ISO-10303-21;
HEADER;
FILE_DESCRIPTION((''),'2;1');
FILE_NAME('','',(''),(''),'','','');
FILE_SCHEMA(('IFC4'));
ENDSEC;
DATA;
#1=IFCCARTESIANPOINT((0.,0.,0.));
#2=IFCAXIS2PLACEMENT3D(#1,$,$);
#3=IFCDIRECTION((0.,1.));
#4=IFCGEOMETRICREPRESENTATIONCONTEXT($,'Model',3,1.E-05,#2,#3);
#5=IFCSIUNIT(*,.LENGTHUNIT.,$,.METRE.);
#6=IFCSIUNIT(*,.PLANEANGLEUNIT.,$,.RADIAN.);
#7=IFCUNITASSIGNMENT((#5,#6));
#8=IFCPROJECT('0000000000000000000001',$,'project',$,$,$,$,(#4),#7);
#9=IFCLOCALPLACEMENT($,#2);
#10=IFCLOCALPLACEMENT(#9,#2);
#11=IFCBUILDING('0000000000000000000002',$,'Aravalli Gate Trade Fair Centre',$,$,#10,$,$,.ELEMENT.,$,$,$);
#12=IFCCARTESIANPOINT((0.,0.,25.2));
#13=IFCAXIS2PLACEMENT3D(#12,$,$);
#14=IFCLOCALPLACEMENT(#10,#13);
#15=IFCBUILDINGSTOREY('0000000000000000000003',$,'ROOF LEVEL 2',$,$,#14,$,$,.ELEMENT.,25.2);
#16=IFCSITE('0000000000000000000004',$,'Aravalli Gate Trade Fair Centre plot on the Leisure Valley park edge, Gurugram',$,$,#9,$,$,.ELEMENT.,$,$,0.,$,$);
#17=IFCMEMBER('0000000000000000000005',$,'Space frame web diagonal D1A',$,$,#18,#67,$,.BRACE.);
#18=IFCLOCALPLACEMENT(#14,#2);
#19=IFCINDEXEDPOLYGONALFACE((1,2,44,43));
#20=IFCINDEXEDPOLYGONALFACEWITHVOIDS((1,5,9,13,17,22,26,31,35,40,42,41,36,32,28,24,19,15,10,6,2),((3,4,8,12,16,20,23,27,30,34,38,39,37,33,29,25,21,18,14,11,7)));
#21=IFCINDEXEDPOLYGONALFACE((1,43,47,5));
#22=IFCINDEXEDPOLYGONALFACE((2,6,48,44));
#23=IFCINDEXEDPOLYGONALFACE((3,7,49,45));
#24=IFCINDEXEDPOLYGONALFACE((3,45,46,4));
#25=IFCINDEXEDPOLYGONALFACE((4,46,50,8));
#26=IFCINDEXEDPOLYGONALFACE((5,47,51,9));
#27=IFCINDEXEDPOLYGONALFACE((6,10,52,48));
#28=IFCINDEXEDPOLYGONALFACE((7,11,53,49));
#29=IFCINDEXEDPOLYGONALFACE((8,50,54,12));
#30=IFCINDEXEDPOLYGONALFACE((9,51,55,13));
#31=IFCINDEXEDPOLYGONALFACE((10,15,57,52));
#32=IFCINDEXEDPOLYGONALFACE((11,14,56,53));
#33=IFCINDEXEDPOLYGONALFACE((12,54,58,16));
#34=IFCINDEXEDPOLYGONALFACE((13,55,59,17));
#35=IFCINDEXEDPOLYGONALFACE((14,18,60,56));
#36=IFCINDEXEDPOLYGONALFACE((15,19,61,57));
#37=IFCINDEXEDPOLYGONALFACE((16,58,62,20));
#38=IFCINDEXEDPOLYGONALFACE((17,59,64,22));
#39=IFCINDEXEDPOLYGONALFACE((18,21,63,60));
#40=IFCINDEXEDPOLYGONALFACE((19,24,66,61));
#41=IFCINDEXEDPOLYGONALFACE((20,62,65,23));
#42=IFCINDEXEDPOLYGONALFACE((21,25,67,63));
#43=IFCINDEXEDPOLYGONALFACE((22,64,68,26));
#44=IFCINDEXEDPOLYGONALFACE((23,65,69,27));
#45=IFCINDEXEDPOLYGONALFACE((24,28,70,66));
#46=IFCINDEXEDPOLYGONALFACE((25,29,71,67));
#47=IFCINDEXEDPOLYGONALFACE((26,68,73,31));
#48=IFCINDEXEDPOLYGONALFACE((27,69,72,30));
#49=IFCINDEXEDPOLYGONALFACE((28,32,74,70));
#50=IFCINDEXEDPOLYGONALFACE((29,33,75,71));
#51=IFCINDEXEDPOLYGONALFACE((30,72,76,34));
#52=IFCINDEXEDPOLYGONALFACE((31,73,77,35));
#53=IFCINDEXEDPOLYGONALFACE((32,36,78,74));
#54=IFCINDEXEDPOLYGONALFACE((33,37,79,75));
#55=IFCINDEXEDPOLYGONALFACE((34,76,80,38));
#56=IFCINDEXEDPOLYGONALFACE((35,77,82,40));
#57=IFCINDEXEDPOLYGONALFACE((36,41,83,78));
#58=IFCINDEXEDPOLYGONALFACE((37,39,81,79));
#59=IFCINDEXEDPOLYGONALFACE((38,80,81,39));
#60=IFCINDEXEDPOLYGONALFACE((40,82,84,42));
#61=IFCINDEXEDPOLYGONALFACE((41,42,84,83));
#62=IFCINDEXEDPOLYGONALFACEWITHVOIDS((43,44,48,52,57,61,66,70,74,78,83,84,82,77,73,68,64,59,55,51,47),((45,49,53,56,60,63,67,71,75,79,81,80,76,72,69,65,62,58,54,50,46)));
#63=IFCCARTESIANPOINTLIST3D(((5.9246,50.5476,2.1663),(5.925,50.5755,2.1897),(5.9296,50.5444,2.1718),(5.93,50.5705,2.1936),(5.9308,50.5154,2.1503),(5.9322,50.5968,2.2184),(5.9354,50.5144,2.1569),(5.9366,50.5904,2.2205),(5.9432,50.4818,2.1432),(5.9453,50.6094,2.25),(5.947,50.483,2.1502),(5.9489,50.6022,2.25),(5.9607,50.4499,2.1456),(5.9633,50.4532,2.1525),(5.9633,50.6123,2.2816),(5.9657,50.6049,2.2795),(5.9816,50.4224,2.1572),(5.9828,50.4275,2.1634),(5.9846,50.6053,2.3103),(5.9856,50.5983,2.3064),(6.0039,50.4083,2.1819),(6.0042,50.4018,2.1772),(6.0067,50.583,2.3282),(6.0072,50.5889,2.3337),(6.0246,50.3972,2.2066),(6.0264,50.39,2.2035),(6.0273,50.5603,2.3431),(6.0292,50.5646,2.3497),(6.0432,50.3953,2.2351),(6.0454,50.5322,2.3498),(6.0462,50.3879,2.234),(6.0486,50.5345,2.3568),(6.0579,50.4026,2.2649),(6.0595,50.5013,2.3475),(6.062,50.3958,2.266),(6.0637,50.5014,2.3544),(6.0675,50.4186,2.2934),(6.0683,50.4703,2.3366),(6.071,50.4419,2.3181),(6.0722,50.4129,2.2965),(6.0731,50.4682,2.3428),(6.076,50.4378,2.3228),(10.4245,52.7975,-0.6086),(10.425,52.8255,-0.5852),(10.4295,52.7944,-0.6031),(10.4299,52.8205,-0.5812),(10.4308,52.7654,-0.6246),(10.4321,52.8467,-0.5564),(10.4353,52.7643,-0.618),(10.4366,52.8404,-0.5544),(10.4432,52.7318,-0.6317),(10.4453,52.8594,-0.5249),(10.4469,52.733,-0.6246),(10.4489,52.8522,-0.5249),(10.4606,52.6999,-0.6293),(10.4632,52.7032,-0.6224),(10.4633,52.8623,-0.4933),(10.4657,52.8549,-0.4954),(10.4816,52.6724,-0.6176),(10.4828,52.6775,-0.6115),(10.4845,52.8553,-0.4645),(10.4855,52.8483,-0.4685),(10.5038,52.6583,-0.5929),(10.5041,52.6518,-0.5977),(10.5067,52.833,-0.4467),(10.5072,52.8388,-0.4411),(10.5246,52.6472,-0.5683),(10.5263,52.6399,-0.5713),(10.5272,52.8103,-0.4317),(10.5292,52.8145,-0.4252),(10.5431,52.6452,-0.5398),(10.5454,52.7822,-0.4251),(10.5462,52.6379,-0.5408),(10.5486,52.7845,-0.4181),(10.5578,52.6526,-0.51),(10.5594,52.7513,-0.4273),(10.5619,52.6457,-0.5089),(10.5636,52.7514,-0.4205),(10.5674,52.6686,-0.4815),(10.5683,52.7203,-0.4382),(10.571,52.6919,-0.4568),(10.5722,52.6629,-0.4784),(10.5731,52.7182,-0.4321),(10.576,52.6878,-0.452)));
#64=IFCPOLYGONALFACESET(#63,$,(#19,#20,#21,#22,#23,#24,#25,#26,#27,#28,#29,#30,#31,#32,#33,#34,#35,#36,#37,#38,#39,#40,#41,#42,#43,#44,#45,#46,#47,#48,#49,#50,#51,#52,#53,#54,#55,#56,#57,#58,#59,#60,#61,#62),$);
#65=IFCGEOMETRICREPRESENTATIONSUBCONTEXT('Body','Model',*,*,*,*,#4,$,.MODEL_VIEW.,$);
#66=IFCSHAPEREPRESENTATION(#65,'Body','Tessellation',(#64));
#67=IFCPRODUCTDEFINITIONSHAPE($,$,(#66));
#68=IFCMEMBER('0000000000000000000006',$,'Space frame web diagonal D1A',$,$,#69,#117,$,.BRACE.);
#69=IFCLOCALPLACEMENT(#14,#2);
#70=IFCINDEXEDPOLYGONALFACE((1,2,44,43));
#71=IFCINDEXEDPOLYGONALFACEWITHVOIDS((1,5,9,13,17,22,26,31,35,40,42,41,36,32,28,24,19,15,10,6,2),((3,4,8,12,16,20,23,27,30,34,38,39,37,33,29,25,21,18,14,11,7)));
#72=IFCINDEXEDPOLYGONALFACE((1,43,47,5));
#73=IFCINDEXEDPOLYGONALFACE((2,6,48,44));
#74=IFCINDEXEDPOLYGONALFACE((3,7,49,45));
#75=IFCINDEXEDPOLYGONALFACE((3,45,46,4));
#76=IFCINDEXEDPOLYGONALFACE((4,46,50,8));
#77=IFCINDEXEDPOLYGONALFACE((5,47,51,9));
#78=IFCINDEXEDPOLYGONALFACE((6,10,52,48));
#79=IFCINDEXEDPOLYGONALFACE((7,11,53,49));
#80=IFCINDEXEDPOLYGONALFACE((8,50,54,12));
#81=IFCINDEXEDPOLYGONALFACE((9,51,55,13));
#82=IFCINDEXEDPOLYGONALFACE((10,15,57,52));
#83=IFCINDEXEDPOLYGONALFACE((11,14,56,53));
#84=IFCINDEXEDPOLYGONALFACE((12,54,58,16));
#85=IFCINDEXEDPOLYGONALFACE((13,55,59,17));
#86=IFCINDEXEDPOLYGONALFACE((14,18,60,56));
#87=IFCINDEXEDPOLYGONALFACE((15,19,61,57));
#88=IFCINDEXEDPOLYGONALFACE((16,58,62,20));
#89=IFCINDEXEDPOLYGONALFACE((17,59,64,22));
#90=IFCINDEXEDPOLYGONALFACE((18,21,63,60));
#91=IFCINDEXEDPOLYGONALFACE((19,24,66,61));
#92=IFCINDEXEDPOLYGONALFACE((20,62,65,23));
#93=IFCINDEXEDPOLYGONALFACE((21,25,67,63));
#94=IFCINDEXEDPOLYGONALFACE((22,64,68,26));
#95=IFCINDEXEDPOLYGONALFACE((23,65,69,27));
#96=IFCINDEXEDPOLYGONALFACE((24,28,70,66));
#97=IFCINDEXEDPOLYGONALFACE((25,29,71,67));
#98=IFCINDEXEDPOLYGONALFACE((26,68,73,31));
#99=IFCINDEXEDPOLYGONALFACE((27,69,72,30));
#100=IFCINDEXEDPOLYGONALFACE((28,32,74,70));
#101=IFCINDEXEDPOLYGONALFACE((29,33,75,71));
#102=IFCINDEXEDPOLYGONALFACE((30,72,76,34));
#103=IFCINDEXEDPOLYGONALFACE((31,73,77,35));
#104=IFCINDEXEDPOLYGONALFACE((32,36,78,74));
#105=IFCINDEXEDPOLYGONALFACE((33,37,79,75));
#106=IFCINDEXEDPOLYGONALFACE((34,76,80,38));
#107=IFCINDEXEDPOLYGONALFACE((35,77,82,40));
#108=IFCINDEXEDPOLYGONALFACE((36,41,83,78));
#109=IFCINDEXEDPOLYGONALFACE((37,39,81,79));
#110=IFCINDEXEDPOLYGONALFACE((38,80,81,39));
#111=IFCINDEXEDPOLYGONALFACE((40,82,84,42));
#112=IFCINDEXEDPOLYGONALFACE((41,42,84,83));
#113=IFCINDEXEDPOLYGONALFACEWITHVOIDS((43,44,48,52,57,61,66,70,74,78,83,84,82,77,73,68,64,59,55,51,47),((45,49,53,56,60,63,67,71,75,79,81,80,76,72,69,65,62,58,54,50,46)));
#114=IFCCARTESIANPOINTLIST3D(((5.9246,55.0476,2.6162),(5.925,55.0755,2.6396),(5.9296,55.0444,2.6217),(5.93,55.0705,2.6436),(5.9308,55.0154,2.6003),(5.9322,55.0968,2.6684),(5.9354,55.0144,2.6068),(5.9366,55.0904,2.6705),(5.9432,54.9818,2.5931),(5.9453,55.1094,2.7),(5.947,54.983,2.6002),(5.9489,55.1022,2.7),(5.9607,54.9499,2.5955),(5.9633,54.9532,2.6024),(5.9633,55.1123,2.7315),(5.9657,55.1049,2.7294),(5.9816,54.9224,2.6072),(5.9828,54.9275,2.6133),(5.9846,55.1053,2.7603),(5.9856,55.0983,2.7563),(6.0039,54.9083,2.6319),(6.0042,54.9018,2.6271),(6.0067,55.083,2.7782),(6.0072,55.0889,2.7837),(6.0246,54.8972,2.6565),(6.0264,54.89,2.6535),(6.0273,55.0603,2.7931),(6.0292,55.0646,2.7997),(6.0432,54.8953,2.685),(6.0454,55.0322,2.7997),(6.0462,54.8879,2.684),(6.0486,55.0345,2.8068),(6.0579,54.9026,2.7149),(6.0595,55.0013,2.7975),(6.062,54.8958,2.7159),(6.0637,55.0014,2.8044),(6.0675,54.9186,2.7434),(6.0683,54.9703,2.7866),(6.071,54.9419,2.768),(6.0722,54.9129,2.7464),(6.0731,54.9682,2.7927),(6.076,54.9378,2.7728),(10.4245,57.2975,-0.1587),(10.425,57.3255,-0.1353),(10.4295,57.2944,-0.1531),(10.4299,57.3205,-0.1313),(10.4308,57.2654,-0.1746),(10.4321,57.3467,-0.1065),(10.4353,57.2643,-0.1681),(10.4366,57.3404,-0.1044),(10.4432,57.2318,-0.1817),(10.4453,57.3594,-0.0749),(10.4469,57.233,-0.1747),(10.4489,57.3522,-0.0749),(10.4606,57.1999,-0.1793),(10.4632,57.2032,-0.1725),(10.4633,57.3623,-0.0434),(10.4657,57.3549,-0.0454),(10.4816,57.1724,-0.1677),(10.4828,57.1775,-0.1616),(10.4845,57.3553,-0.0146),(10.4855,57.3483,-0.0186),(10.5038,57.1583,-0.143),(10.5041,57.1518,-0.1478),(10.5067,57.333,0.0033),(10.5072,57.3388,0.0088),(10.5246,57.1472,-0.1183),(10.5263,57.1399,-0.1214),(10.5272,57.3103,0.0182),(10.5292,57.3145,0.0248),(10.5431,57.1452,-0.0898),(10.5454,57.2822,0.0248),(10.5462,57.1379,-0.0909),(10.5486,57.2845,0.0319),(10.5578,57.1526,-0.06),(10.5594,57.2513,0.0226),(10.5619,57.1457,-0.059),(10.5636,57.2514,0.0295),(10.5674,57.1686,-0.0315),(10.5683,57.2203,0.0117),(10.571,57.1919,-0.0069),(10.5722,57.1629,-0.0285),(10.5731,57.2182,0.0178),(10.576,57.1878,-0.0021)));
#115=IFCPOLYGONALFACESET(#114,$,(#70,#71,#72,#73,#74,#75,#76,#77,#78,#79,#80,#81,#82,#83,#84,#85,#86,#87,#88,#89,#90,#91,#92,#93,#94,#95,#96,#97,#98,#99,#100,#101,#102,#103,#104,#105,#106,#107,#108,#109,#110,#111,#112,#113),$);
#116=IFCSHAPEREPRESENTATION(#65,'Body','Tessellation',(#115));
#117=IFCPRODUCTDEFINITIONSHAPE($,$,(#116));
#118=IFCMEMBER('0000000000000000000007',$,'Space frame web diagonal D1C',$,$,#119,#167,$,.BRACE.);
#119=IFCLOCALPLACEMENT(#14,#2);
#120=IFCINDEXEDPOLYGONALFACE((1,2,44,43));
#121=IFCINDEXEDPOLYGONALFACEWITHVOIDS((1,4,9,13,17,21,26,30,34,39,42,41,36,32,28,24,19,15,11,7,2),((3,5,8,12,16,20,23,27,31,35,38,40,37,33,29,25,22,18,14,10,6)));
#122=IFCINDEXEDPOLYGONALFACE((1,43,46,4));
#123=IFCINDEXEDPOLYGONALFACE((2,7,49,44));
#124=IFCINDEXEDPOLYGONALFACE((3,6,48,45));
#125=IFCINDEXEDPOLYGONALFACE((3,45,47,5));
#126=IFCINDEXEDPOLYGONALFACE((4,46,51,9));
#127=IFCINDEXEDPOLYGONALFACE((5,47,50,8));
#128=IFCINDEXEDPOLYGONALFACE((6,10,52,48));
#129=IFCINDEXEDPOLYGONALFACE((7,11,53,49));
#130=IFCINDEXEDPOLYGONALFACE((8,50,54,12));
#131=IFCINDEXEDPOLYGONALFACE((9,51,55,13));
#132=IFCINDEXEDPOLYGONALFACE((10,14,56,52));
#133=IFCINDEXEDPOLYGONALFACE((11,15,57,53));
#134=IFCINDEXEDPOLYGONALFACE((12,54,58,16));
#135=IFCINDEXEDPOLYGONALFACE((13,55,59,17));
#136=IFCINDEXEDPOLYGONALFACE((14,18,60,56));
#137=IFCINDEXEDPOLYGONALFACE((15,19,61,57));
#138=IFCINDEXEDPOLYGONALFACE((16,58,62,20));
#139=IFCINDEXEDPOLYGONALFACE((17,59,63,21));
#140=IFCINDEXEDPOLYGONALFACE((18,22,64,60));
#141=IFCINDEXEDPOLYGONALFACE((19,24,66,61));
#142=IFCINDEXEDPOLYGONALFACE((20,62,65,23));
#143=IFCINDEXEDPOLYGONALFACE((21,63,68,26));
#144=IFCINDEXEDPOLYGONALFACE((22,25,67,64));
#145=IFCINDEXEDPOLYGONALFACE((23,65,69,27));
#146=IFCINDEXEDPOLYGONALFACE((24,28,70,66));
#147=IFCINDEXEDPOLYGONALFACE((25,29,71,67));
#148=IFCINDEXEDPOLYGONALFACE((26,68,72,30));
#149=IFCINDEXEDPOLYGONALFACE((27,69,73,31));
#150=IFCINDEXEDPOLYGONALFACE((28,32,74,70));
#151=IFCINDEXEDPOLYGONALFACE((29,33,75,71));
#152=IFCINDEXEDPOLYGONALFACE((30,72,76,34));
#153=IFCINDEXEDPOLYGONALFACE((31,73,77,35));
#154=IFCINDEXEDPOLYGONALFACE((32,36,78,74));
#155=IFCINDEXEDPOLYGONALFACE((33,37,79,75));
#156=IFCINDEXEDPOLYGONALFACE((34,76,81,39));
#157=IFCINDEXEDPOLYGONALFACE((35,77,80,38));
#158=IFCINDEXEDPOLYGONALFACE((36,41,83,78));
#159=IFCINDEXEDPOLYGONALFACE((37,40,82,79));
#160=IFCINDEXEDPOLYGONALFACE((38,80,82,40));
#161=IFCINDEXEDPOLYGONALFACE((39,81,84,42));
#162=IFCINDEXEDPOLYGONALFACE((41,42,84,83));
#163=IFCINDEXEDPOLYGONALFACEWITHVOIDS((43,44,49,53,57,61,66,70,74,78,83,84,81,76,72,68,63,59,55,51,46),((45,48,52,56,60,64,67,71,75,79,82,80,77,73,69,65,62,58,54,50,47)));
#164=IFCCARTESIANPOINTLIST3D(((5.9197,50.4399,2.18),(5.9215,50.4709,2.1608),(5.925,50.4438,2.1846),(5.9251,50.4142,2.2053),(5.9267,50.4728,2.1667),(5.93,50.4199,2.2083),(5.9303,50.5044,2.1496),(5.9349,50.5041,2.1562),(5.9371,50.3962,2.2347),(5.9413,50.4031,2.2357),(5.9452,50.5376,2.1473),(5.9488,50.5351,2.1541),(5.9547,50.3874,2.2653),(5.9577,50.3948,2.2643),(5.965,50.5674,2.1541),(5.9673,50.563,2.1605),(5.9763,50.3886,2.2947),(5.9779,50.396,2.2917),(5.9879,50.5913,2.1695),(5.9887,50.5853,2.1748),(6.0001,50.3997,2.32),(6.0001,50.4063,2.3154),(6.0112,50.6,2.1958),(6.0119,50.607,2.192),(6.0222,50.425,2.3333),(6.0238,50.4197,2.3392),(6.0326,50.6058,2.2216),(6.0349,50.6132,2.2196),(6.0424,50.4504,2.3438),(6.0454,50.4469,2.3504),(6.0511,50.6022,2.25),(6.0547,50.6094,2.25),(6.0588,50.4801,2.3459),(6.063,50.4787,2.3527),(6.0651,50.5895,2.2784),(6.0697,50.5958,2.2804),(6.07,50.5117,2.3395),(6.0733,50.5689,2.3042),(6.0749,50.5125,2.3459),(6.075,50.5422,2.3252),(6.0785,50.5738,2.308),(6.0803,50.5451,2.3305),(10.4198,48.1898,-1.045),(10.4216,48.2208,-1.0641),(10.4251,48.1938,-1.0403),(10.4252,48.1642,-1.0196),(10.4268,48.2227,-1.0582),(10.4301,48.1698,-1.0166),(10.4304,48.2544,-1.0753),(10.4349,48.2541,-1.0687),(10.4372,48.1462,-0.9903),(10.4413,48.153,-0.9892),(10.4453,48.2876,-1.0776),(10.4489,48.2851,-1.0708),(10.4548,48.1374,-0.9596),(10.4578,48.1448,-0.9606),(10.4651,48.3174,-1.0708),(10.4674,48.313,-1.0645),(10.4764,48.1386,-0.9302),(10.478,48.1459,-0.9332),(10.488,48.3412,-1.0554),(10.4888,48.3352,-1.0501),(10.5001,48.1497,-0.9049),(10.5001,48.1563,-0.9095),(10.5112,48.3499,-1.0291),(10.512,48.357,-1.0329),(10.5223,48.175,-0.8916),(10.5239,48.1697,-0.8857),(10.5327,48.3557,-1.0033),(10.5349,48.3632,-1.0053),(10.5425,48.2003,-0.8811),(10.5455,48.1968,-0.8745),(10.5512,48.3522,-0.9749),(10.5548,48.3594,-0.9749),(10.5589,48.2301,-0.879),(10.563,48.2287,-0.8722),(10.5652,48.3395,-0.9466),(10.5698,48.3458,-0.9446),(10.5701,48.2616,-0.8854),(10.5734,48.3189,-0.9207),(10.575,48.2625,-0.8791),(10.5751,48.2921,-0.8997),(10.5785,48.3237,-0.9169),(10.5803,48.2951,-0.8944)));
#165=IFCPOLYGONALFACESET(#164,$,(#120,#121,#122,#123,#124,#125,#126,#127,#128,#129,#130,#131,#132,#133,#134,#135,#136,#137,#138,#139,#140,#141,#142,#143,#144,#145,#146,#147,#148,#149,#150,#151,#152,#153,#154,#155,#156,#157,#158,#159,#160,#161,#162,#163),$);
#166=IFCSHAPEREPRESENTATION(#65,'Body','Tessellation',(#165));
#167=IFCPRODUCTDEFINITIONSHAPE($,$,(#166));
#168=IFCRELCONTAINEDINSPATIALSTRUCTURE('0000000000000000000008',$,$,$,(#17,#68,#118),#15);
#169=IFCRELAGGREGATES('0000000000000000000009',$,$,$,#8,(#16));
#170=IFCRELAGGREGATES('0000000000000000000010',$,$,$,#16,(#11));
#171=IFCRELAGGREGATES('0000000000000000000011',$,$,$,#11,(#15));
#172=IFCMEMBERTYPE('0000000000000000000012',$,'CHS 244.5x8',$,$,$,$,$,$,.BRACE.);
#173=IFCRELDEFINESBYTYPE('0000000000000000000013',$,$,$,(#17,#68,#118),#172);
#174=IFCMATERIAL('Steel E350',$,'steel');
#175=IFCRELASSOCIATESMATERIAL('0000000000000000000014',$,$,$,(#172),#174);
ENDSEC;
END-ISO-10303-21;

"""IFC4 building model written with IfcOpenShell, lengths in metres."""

from ifc_helpers import new_model, si_unit, direction, frame, origin, origin_2d, place, context, subcontext, project, spatial, hollow_circle, extrude, material, material_profile, profile_set, type_object, element, save


model = new_model("IFC4")

# Units and contexts
model_context = context("Model", 3, precision=1e-05, world=origin(), true_north=direction((0.0, 1.0)))
body_context = subcontext(model_context, "Body", "Model", "MODEL_VIEW")
ifc_project = project(units=[si_unit("LENGTHUNIT", "METRE"), si_unit("PLANEANGLEUNIT", "RADIAN")], contexts=[model_context])

# Site, building, storey
site_placement = place(None, origin())
site = spatial("IfcSite", under=ifc_project, at=site_placement, Name="Aravalli Gate Trade Fair Centre plot on the Leisure Valley park edge, Gurugram", CompositionType="ELEMENT", RefElevation=0.0)
building_placement = place(site_placement, origin())
building = spatial("IfcBuilding", under=site, at=building_placement, Name="Aravalli Gate Trade Fair Centre", CompositionType="ELEMENT")
storey_placement = place(building_placement, frame((0.0, 0.0, 25.2)))
storey = spatial("IfcBuildingStorey", under=building, at=storey_placement, Name="ROOF LEVEL 2", CompositionType="ELEMENT", Elevation=25.2)

# Members
ifc_material_1 = material(Name="Steel E350", Category="steel")
ifc_material_profile_1 = material_profile(ifc_material_1, hollow_circle(Radius=0.1223, WallThickness=0.0081, at=origin_2d()), Name="CHS 244.5x8")
ifc_profile_set_1 = profile_set([ifc_material_profile_1], Name="Steel E350")
member_type_1 = type_object("IfcMemberType", Name="CHS 244.5x8", PredefinedType="BRACE", material=ifc_profile_set_1)
for number, where, z_axis, x_axis, name in (
    (1, (6.0, 50.5, 2.25), (0.7832, 0.3916, -0.482956), (-0.447214, 0.894427, 0.0), "Space frame web diagonal D1A"),
    (2, (6.0, 55.0, 2.7), (0.7832, 0.3916, -0.482956), (-0.447214, 0.894427, 0.0), "Space frame web diagonal D1A"),
):
    element("IfcMember", number, at=place(storey_placement, frame(where, z_axis=z_axis, x_axis=x_axis)), inside=storey, type_object=member_type_1, Name=name, PredefinedType="BRACE", context=body_context, shape_type="SweptSolid", body=[
        extrude(hollow_circle(Radius=0.1223, WallThickness=0.0081, at=origin_2d()), origin(), (0.0, 0.0, 1.0), 5.7456),
    ])
for number, where, z_axis, x_axis, name in (
    (3, (6.0, 50.5, 2.25), (0.753016, -0.376508, -0.539637), (0.447214, 0.894427, 0.0), "Space frame web diagonal D1C"),
):
    element("IfcMember", number, at=place(storey_placement, frame(where, z_axis=z_axis, x_axis=x_axis)), inside=storey, type_object=member_type_1, Name=name, PredefinedType="BRACE", context=body_context, shape_type="SweptSolid", body=[
        extrude(hollow_circle(Radius=0.1223, WallThickness=0.0081, at=origin_2d()), origin(), (0.0, 0.0, 1.0), 5.9761),
    ])

save(model, "model.ifc")
